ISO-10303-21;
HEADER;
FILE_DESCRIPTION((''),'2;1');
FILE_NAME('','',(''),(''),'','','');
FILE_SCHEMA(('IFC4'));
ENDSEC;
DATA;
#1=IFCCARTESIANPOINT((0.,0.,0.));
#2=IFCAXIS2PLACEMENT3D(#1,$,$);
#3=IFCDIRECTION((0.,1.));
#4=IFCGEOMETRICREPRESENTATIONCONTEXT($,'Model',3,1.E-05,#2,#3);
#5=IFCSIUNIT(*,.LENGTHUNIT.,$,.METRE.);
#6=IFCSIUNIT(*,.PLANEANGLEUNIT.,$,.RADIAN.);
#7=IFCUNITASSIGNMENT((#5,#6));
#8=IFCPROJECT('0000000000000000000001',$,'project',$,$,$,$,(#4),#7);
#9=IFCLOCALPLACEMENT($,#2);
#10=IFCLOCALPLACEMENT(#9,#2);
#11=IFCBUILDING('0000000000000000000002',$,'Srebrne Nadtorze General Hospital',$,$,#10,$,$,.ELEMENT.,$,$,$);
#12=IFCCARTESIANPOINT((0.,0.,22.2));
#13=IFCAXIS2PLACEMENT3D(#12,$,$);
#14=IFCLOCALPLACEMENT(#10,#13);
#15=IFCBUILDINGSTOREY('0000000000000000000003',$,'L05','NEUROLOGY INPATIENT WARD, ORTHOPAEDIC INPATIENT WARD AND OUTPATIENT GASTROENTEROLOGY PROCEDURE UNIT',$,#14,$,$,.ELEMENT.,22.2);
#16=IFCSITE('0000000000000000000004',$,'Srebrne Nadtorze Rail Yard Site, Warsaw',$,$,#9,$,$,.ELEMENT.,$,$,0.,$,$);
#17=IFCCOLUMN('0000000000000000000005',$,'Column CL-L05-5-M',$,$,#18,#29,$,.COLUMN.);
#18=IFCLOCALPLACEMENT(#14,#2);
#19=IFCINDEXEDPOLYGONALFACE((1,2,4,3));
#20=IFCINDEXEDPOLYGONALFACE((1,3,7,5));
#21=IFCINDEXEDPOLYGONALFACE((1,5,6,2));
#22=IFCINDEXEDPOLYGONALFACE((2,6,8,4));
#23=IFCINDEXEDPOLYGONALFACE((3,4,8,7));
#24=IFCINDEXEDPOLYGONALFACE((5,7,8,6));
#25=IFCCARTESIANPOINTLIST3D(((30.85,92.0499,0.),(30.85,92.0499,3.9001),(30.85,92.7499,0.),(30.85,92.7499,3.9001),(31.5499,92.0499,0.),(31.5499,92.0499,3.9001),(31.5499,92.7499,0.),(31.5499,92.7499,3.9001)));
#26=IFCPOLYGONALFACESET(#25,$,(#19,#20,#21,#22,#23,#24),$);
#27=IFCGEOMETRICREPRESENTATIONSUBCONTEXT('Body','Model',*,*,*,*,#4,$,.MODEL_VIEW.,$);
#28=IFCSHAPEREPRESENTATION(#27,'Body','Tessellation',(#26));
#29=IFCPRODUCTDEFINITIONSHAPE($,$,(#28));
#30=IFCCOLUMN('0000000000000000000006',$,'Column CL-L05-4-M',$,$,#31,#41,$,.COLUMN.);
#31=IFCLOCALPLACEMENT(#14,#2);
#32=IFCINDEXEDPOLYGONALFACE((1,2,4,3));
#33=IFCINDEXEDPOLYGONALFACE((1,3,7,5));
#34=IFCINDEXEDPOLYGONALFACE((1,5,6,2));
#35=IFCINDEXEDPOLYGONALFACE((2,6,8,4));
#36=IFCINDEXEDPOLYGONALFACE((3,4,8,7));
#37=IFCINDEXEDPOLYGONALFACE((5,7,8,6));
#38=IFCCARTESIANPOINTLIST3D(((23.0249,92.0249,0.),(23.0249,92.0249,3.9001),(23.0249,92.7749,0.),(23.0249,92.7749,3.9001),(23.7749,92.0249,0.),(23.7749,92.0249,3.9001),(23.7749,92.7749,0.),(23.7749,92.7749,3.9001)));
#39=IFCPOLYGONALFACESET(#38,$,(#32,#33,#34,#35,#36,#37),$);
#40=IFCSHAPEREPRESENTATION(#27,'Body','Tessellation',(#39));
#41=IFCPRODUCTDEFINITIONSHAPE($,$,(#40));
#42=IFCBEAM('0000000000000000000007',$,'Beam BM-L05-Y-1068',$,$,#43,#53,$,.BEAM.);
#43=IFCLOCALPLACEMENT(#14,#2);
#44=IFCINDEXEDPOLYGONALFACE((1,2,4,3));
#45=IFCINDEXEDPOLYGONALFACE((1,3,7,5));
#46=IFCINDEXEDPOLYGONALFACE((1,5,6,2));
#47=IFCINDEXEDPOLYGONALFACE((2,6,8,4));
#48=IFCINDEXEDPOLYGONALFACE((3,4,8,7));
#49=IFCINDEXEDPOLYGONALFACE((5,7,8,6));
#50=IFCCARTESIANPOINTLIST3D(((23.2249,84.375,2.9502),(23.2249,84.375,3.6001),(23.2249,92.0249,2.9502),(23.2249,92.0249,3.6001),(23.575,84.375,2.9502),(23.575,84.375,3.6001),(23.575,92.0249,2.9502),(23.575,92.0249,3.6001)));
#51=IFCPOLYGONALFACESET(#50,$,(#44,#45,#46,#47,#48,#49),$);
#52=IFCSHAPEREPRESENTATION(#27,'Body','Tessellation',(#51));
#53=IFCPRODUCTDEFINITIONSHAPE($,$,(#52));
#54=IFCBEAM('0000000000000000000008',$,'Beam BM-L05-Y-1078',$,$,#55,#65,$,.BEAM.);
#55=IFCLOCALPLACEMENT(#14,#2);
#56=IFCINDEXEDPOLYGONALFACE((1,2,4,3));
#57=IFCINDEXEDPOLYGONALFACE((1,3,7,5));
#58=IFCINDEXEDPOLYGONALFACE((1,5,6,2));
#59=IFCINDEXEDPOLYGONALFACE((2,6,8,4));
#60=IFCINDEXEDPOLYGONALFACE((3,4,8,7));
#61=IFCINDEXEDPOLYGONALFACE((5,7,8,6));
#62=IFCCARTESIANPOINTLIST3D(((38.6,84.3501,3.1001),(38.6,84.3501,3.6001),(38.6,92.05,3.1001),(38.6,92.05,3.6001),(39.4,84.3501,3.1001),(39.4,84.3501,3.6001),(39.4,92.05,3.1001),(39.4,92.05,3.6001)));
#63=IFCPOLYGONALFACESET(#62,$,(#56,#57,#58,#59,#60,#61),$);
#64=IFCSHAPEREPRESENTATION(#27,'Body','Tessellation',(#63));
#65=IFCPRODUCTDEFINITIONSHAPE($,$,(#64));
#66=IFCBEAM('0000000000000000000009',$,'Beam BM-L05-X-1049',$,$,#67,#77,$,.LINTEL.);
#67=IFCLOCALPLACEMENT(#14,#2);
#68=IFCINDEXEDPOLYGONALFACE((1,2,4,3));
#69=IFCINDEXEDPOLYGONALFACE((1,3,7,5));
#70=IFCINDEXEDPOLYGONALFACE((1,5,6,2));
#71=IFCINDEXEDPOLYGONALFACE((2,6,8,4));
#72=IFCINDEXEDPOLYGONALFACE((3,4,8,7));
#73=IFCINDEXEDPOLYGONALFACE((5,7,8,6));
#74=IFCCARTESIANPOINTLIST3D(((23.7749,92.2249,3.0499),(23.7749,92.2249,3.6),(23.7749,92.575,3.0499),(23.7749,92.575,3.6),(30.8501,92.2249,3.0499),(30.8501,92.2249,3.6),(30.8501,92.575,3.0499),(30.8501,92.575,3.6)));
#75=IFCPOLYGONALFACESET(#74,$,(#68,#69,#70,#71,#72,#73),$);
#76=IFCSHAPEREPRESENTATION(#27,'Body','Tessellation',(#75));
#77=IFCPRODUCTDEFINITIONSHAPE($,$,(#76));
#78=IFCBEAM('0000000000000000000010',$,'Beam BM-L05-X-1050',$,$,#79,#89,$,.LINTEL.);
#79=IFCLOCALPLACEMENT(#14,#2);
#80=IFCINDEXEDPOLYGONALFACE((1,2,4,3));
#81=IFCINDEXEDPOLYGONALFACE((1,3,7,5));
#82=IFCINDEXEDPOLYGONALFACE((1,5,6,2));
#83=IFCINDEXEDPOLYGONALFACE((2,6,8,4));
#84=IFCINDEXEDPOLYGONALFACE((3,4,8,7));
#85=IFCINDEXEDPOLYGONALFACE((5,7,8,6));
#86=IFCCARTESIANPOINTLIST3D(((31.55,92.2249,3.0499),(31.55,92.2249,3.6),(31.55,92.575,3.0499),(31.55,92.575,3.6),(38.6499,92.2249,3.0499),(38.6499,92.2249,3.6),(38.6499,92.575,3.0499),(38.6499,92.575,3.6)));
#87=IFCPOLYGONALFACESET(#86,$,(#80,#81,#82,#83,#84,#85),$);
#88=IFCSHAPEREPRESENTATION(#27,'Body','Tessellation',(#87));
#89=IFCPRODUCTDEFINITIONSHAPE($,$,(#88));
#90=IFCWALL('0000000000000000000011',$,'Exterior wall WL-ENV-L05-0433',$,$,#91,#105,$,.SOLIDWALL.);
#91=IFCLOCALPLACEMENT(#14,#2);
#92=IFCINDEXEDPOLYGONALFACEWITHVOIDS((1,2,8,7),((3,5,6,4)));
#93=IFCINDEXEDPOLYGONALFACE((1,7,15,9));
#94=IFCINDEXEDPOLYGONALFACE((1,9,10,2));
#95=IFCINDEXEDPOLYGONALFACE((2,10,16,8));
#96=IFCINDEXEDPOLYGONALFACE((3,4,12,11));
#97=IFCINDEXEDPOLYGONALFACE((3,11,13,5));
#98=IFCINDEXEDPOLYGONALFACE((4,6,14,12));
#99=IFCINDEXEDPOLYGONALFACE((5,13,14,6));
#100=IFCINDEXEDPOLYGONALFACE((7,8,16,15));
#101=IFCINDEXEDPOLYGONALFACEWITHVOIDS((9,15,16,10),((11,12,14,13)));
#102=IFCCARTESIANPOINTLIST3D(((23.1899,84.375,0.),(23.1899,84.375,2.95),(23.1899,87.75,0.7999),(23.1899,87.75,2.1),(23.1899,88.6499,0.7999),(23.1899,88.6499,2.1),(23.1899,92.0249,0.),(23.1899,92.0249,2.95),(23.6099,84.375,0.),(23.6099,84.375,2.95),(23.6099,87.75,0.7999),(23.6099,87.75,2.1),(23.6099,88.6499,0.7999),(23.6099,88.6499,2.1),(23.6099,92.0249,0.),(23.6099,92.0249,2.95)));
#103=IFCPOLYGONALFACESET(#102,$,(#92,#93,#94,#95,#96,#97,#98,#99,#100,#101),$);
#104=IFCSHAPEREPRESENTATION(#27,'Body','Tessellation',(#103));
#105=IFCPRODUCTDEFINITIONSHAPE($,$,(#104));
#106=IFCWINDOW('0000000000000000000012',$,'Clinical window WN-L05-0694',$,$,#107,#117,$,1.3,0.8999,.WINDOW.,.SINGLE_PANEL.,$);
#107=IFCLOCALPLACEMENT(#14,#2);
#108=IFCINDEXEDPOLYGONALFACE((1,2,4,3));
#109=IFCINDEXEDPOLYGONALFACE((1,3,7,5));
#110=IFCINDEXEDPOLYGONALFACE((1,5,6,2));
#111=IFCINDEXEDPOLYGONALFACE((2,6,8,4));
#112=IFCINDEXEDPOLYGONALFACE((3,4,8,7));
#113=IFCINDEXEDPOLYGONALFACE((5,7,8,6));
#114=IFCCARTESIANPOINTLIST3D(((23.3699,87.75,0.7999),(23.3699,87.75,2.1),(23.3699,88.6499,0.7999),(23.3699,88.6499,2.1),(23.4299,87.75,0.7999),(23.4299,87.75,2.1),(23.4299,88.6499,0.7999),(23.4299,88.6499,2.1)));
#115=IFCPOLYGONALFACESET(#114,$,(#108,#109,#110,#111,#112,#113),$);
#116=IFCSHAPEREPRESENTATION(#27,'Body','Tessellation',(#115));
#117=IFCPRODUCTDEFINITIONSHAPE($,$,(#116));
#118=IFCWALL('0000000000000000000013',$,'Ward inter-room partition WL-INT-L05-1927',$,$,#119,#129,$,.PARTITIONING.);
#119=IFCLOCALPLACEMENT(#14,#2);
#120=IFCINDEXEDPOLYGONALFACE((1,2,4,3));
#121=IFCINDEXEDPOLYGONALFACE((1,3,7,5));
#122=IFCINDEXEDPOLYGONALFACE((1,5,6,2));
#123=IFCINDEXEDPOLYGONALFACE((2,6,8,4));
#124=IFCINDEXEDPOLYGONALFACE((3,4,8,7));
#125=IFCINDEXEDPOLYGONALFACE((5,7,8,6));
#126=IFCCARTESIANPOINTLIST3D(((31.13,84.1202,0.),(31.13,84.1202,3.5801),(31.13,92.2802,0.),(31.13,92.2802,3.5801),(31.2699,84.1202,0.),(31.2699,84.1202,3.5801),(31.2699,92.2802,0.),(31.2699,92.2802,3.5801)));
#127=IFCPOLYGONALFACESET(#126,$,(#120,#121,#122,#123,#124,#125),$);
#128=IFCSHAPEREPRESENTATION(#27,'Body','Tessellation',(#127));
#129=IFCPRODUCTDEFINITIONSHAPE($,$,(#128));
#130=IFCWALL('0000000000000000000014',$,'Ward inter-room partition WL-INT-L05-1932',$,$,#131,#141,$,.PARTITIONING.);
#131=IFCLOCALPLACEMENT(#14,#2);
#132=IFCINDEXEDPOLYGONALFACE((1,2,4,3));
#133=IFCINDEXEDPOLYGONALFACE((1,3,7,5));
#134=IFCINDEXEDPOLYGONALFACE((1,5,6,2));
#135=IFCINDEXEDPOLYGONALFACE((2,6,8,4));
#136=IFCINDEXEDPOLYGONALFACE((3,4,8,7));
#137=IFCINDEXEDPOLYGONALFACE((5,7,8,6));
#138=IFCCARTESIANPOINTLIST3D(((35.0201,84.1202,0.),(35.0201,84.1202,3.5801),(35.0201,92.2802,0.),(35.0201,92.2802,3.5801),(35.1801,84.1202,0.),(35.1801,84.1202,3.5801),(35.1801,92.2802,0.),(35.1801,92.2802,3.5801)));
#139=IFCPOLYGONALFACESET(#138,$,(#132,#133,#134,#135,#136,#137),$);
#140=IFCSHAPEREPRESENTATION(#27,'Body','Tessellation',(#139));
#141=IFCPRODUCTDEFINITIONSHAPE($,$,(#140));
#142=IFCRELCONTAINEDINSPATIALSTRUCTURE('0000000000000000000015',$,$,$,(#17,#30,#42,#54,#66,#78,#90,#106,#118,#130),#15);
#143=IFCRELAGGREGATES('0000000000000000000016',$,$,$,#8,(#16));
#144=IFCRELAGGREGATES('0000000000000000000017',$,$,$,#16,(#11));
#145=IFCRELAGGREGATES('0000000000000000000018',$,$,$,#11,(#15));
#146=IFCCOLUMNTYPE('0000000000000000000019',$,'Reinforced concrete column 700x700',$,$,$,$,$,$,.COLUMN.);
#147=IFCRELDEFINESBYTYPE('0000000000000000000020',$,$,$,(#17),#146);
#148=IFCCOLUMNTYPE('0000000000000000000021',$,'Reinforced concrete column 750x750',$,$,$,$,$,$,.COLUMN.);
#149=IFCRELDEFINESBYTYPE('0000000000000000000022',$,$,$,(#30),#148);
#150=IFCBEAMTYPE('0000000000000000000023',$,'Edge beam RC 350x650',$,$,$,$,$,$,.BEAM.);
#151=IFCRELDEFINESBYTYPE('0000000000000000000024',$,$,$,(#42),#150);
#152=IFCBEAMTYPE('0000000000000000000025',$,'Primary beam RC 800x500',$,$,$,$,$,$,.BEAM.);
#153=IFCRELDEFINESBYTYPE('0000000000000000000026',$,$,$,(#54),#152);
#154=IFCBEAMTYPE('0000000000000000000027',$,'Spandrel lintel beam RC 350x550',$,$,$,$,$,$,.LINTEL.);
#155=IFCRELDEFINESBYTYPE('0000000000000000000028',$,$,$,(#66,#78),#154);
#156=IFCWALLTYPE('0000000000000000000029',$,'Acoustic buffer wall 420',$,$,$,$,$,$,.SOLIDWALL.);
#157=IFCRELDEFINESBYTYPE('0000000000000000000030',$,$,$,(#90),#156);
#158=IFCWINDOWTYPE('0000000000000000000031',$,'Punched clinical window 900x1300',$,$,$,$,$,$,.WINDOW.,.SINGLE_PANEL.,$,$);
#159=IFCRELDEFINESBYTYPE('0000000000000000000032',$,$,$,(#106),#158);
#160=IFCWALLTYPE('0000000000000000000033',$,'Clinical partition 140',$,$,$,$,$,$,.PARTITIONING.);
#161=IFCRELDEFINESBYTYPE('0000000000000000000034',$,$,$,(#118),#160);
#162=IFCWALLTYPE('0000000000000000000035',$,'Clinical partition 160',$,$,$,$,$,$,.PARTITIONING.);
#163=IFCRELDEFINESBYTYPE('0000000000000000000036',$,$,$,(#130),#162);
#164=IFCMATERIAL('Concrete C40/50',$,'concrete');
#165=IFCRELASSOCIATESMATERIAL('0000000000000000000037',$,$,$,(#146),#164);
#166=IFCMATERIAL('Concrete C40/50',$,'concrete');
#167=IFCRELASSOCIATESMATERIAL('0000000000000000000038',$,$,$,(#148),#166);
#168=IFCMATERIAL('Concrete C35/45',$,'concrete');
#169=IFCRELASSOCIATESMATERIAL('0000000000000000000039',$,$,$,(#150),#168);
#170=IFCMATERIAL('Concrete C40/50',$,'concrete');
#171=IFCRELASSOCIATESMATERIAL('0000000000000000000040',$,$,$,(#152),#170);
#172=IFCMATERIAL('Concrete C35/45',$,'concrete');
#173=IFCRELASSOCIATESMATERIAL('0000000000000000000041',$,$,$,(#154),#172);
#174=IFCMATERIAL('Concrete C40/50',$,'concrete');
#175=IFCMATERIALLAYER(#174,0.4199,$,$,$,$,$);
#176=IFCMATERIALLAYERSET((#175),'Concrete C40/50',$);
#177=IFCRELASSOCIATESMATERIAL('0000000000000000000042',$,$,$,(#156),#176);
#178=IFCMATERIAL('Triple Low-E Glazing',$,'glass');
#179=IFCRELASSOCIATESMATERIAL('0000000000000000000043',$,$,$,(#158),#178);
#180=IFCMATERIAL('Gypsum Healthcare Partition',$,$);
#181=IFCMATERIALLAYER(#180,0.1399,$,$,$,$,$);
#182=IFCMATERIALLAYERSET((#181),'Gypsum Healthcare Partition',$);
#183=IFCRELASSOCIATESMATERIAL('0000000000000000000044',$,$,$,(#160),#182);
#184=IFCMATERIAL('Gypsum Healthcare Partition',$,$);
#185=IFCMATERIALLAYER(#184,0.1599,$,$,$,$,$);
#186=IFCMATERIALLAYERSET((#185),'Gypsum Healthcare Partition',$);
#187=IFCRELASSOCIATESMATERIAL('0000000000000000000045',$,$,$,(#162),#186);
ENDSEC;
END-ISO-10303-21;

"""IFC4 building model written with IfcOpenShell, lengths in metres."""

from ifc_helpers import new_model, si_unit, direction, frame, frame_2d, origin, origin_2d, place, context, subcontext, project, spatial, rectangle, extrude, material, layer, layer_set, material_profile, profile_set, type_object, element, fill, save


model = new_model("IFC4")

# Units and contexts
model_context = context("Model", 3, precision=1e-05, world=origin(), true_north=direction((0.0, 1.0)))
body_context = subcontext(model_context, "Body", "Model", "MODEL_VIEW")
ifc_project = project(units=[si_unit("LENGTHUNIT", "METRE"), si_unit("PLANEANGLEUNIT", "RADIAN")], contexts=[model_context])

# Site, building, storey
site_placement = place(None, origin())
site = spatial("IfcSite", under=ifc_project, at=site_placement, Name="Srebrne Nadtorze Rail Yard Site, Warsaw", CompositionType="ELEMENT", RefElevation=0.0)
building_placement = place(site_placement, origin())
building = spatial("IfcBuilding", under=site, at=building_placement, Name="Srebrne Nadtorze General Hospital", CompositionType="ELEMENT")
storey_placement = place(building_placement, frame((0.0, 0.0, 22.2)))
storey = spatial("IfcBuildingStorey", under=building, at=storey_placement, Name="L05", Description="NEUROLOGY INPATIENT WARD, ORTHOPAEDIC INPATIENT WARD AND OUTPATIENT GASTROENTEROLOGY PROCEDURE UNIT", CompositionType="ELEMENT", Elevation=22.2)

# Columns
ifc_material_1 = material(Name="Concrete C40/50", Category="concrete")
ifc_material_profile_1 = material_profile(ifc_material_1, rectangle(XDim=0.7, YDim=0.7, at=origin_2d()), Name="RC-COL-700x700")
ifc_profile_set_1 = profile_set([ifc_material_profile_1], Name="Concrete C40/50")
column_type_1 = type_object("IfcColumnType", Name="Reinforced concrete column 700x700", PredefinedType="COLUMN", material=ifc_profile_set_1)
column_1_placement = place(storey_placement, frame((31.2, 92.3999, 0.0), z_axis=(0.0, 0.0, 1.0), x_axis=(1.0, 0.0, 0.0)))
element("IfcColumn", 1, at=column_1_placement, inside=storey, type_object=column_type_1, Name="Column CL-L05-5-M", PredefinedType="COLUMN", context=body_context, shape_type="SweptSolid", body=[
    extrude(rectangle(XDim=0.7, YDim=0.7, at=origin_2d()), origin(), (0.0, 0.0, 1.0), 3.9001),
])
ifc_material_2 = material(Name="Concrete C40/50", Category="concrete")
ifc_material_profile_2 = material_profile(ifc_material_2, rectangle(XDim=0.75, YDim=0.75, at=origin_2d()), Name="RC-COL-750x750")
ifc_profile_set_2 = profile_set([ifc_material_profile_2], Name="Concrete C40/50")
column_type_2 = type_object("IfcColumnType", Name="Reinforced concrete column 750x750", PredefinedType="COLUMN", material=ifc_profile_set_2)
column_2_placement = place(storey_placement, frame((23.3999, 92.3999, 0.0), z_axis=(0.0, 0.0, 1.0), x_axis=(1.0, 0.0, 0.0)))
element("IfcColumn", 2, at=column_2_placement, inside=storey, type_object=column_type_2, Name="Column CL-L05-4-M", PredefinedType="COLUMN", context=body_context, shape_type="SweptSolid", body=[
    extrude(rectangle(XDim=0.75, YDim=0.75, at=origin_2d()), origin(), (0.0, 0.0, 1.0), 3.9001),
])

# Beams
ifc_material_3 = material(Name="Concrete C35/45", Category="concrete")
ifc_material_profile_3 = material_profile(ifc_material_3, rectangle(XDim=0.3501, YDim=0.6499, at=origin_2d()), Name="RC-BM-350x650")
ifc_profile_set_3 = profile_set([ifc_material_profile_3], Name="Concrete C35/45")
beam_type_1 = type_object("IfcBeamType", Name="Edge beam RC 350x650", PredefinedType="BEAM", material=ifc_profile_set_3)
beam_1_placement = place(storey_placement, frame((23.3999, 84.375, 3.2751), z_axis=(0.0, 1.0, 0.0), x_axis=(-1.0, 0.0, 0.0)))
element("IfcBeam", 3, at=beam_1_placement, inside=storey, type_object=beam_type_1, Name="Beam BM-L05-Y-1068", PredefinedType="BEAM", context=body_context, shape_type="SweptSolid", body=[
    extrude(rectangle(XDim=0.3501, YDim=0.6499, at=origin_2d()), origin(), (0.0, 0.0, 1.0), 7.6499),
])
ifc_material_4 = material(Name="Concrete C40/50", Category="concrete")
ifc_material_profile_4 = material_profile(ifc_material_4, rectangle(XDim=0.8, YDim=0.5, at=origin_2d()), Name="RC-BM-800x500")
ifc_profile_set_4 = profile_set([ifc_material_profile_4], Name="Concrete C40/50")
beam_type_2 = type_object("IfcBeamType", Name="Primary beam RC 800x500", PredefinedType="BEAM", material=ifc_profile_set_4)
beam_2_placement = place(storey_placement, frame((39.0, 84.3501, 3.3501), z_axis=(0.0, 1.0, 0.0), x_axis=(-1.0, 0.0, 0.0)))
element("IfcBeam", 4, at=beam_2_placement, inside=storey, type_object=beam_type_2, Name="Beam BM-L05-Y-1078", PredefinedType="BEAM", context=body_context, shape_type="SweptSolid", body=[
    extrude(rectangle(XDim=0.8, YDim=0.5, at=origin_2d()), origin(), (0.0, 0.0, 1.0), 7.7),
])
ifc_material_5 = material(Name="Concrete C35/45", Category="concrete")
ifc_material_profile_5 = material_profile(ifc_material_5, rectangle(XDim=0.3501, YDim=0.55, at=origin_2d()), Name="RC-BM-350x550")
ifc_profile_set_5 = profile_set([ifc_material_profile_5], Name="Concrete C35/45")
beam_type_3 = type_object("IfcBeamType", Name="Spandrel lintel beam RC 350x550", PredefinedType="LINTEL", material=ifc_profile_set_5)
beam_3_placement = place(storey_placement, frame((23.7749, 92.3999, 3.325), z_axis=(1.0, 0.0, 0.0), x_axis=(0.0, 1.0, 0.0)))
element("IfcBeam", 5, at=beam_3_placement, inside=storey, type_object=beam_type_3, Name="Beam BM-L05-X-1049", PredefinedType="LINTEL", context=body_context, shape_type="SweptSolid", body=[
    extrude(rectangle(XDim=0.3501, YDim=0.55, at=origin_2d()), origin(), (0.0, 0.0, 1.0), 7.0752),
])
beam_4_placement = place(storey_placement, frame((31.55, 92.3999, 3.325), z_axis=(1.0, 0.0, 0.0), x_axis=(0.0, 1.0, 0.0)))
element("IfcBeam", 6, at=beam_4_placement, inside=storey, type_object=beam_type_3, Name="Beam BM-L05-X-1050", PredefinedType="LINTEL", context=body_context, shape_type="SweptSolid", body=[
    extrude(rectangle(XDim=0.3501, YDim=0.55, at=origin_2d()), origin(), (0.0, 0.0, 1.0), 7.0999),
])

# Wall, opening, window
ifc_material_6 = material(Name="Concrete C40/50", Category="concrete")
ifc_layer_1 = layer(ifc_material_6, 0.4199)
ifc_layer_set_1 = layer_set([ifc_layer_1], Name="Concrete C40/50")
wall_type_1 = type_object("IfcWallType", Name="Acoustic buffer wall 420", PredefinedType="SOLIDWALL", material=ifc_layer_set_1)
wall_1_placement = place(storey_placement, frame((23.3999, 84.375, 0.0), z_axis=(0.0, 0.0, 1.0), x_axis=(0.0, 1.0, 0.0)))
wall_1 = element("IfcWall", 7, at=wall_1_placement, inside=storey, type_object=wall_type_1, Name="Exterior wall WL-ENV-L05-0433", PredefinedType="SOLIDWALL", context=body_context, shape_type="SweptSolid", body=[
    extrude(rectangle(XDim=7.6499, YDim=0.4199, at=frame_2d((3.825, 0.0))), origin(), (0.0, 0.0, 1.0), 2.95),
])
opening_1_placement = place(wall_1_placement, frame((3.375, 0.0, 0.8)))
opening_1 = element("IfcOpeningElement", 8, at=opening_1_placement, cuts=wall_1, PredefinedType="OPENING", context=body_context, shape_type="SweptSolid", body=[
    extrude(rectangle(XDim=0.8999, YDim=1.3, at=frame_2d((0.45, 0.6499))), frame((0.0, 0.2219, 0.0), z_axis=(0.0, -1.0, 0.0), x_axis=(1.0, 0.0, 0.0)), (0.0, 0.0, 1.0), 0.4438),
])
ifc_material_7 = material(Name="Triple Low-E Glazing", Category="glass")
window_type_1 = type_object("IfcWindowType", Name="Punched clinical window 900x1300", PartitioningType="SINGLE_PANEL", PredefinedType="WINDOW", material=ifc_material_7)
window_1_placement = place(opening_1_placement, origin())
window_1 = element("IfcWindow", 9, at=window_1_placement, inside=storey, type_object=window_type_1, Name="Clinical window WN-L05-0694", OverallHeight=1.3, OverallWidth=0.8999, PartitioningType="SINGLE_PANEL", PredefinedType="WINDOW", context=body_context, shape_type="SweptSolid", body=[
    extrude(rectangle(XDim=0.8999, YDim=1.3, at=frame_2d((0.45, 0.6499))), frame((0.0, 0.03, 0.0), z_axis=(0.0, -1.0, 0.0), x_axis=(1.0, 0.0, 0.0)), (0.0, 0.0, 1.0), 0.0601),
])
fill(opening_1, window_1)

# Walls
ifc_material_8 = material(Name="Gypsum Healthcare Partition")
ifc_layer_2 = layer(ifc_material_8, 0.1399)
ifc_layer_set_2 = layer_set([ifc_layer_2], Name="Gypsum Healthcare Partition")
wall_type_2 = type_object("IfcWallType", Name="Clinical partition 140", PredefinedType="PARTITIONING", material=ifc_layer_set_2)
wall_2_placement = place(storey_placement, frame((31.2, 84.1201, 0.0), z_axis=(0.0, 0.0, 1.0), x_axis=(0.0, 1.0, 0.0)))
element("IfcWall", 10, at=wall_2_placement, inside=storey, type_object=wall_type_2, Name="Ward inter-room partition WL-INT-L05-1927", PredefinedType="PARTITIONING", context=body_context, shape_type="SweptSolid", body=[
    extrude(rectangle(XDim=8.1599, YDim=0.1399, at=frame_2d((4.0801, 0.0))), origin(), (0.0, 0.0, 1.0), 3.5801),
])
ifc_material_9 = material(Name="Gypsum Healthcare Partition")
ifc_layer_3 = layer(ifc_material_9, 0.1599)
ifc_layer_set_3 = layer_set([ifc_layer_3], Name="Gypsum Healthcare Partition")
wall_type_3 = type_object("IfcWallType", Name="Clinical partition 160", PredefinedType="PARTITIONING", material=ifc_layer_set_3)
wall_3_placement = place(storey_placement, frame((35.1001, 84.1201, 0.0), z_axis=(0.0, 0.0, 1.0), x_axis=(0.0, 1.0, 0.0)))
element("IfcWall", 11, at=wall_3_placement, inside=storey, type_object=wall_type_3, Name="Ward inter-room partition WL-INT-L05-1932", PredefinedType="PARTITIONING", context=body_context, shape_type="SweptSolid", body=[
    extrude(rectangle(XDim=8.1599, YDim=0.1599, at=frame_2d((4.0801, 0.0))), origin(), (0.0, 0.0, 1.0), 3.5801),
])

save(model, "model.ifc")
